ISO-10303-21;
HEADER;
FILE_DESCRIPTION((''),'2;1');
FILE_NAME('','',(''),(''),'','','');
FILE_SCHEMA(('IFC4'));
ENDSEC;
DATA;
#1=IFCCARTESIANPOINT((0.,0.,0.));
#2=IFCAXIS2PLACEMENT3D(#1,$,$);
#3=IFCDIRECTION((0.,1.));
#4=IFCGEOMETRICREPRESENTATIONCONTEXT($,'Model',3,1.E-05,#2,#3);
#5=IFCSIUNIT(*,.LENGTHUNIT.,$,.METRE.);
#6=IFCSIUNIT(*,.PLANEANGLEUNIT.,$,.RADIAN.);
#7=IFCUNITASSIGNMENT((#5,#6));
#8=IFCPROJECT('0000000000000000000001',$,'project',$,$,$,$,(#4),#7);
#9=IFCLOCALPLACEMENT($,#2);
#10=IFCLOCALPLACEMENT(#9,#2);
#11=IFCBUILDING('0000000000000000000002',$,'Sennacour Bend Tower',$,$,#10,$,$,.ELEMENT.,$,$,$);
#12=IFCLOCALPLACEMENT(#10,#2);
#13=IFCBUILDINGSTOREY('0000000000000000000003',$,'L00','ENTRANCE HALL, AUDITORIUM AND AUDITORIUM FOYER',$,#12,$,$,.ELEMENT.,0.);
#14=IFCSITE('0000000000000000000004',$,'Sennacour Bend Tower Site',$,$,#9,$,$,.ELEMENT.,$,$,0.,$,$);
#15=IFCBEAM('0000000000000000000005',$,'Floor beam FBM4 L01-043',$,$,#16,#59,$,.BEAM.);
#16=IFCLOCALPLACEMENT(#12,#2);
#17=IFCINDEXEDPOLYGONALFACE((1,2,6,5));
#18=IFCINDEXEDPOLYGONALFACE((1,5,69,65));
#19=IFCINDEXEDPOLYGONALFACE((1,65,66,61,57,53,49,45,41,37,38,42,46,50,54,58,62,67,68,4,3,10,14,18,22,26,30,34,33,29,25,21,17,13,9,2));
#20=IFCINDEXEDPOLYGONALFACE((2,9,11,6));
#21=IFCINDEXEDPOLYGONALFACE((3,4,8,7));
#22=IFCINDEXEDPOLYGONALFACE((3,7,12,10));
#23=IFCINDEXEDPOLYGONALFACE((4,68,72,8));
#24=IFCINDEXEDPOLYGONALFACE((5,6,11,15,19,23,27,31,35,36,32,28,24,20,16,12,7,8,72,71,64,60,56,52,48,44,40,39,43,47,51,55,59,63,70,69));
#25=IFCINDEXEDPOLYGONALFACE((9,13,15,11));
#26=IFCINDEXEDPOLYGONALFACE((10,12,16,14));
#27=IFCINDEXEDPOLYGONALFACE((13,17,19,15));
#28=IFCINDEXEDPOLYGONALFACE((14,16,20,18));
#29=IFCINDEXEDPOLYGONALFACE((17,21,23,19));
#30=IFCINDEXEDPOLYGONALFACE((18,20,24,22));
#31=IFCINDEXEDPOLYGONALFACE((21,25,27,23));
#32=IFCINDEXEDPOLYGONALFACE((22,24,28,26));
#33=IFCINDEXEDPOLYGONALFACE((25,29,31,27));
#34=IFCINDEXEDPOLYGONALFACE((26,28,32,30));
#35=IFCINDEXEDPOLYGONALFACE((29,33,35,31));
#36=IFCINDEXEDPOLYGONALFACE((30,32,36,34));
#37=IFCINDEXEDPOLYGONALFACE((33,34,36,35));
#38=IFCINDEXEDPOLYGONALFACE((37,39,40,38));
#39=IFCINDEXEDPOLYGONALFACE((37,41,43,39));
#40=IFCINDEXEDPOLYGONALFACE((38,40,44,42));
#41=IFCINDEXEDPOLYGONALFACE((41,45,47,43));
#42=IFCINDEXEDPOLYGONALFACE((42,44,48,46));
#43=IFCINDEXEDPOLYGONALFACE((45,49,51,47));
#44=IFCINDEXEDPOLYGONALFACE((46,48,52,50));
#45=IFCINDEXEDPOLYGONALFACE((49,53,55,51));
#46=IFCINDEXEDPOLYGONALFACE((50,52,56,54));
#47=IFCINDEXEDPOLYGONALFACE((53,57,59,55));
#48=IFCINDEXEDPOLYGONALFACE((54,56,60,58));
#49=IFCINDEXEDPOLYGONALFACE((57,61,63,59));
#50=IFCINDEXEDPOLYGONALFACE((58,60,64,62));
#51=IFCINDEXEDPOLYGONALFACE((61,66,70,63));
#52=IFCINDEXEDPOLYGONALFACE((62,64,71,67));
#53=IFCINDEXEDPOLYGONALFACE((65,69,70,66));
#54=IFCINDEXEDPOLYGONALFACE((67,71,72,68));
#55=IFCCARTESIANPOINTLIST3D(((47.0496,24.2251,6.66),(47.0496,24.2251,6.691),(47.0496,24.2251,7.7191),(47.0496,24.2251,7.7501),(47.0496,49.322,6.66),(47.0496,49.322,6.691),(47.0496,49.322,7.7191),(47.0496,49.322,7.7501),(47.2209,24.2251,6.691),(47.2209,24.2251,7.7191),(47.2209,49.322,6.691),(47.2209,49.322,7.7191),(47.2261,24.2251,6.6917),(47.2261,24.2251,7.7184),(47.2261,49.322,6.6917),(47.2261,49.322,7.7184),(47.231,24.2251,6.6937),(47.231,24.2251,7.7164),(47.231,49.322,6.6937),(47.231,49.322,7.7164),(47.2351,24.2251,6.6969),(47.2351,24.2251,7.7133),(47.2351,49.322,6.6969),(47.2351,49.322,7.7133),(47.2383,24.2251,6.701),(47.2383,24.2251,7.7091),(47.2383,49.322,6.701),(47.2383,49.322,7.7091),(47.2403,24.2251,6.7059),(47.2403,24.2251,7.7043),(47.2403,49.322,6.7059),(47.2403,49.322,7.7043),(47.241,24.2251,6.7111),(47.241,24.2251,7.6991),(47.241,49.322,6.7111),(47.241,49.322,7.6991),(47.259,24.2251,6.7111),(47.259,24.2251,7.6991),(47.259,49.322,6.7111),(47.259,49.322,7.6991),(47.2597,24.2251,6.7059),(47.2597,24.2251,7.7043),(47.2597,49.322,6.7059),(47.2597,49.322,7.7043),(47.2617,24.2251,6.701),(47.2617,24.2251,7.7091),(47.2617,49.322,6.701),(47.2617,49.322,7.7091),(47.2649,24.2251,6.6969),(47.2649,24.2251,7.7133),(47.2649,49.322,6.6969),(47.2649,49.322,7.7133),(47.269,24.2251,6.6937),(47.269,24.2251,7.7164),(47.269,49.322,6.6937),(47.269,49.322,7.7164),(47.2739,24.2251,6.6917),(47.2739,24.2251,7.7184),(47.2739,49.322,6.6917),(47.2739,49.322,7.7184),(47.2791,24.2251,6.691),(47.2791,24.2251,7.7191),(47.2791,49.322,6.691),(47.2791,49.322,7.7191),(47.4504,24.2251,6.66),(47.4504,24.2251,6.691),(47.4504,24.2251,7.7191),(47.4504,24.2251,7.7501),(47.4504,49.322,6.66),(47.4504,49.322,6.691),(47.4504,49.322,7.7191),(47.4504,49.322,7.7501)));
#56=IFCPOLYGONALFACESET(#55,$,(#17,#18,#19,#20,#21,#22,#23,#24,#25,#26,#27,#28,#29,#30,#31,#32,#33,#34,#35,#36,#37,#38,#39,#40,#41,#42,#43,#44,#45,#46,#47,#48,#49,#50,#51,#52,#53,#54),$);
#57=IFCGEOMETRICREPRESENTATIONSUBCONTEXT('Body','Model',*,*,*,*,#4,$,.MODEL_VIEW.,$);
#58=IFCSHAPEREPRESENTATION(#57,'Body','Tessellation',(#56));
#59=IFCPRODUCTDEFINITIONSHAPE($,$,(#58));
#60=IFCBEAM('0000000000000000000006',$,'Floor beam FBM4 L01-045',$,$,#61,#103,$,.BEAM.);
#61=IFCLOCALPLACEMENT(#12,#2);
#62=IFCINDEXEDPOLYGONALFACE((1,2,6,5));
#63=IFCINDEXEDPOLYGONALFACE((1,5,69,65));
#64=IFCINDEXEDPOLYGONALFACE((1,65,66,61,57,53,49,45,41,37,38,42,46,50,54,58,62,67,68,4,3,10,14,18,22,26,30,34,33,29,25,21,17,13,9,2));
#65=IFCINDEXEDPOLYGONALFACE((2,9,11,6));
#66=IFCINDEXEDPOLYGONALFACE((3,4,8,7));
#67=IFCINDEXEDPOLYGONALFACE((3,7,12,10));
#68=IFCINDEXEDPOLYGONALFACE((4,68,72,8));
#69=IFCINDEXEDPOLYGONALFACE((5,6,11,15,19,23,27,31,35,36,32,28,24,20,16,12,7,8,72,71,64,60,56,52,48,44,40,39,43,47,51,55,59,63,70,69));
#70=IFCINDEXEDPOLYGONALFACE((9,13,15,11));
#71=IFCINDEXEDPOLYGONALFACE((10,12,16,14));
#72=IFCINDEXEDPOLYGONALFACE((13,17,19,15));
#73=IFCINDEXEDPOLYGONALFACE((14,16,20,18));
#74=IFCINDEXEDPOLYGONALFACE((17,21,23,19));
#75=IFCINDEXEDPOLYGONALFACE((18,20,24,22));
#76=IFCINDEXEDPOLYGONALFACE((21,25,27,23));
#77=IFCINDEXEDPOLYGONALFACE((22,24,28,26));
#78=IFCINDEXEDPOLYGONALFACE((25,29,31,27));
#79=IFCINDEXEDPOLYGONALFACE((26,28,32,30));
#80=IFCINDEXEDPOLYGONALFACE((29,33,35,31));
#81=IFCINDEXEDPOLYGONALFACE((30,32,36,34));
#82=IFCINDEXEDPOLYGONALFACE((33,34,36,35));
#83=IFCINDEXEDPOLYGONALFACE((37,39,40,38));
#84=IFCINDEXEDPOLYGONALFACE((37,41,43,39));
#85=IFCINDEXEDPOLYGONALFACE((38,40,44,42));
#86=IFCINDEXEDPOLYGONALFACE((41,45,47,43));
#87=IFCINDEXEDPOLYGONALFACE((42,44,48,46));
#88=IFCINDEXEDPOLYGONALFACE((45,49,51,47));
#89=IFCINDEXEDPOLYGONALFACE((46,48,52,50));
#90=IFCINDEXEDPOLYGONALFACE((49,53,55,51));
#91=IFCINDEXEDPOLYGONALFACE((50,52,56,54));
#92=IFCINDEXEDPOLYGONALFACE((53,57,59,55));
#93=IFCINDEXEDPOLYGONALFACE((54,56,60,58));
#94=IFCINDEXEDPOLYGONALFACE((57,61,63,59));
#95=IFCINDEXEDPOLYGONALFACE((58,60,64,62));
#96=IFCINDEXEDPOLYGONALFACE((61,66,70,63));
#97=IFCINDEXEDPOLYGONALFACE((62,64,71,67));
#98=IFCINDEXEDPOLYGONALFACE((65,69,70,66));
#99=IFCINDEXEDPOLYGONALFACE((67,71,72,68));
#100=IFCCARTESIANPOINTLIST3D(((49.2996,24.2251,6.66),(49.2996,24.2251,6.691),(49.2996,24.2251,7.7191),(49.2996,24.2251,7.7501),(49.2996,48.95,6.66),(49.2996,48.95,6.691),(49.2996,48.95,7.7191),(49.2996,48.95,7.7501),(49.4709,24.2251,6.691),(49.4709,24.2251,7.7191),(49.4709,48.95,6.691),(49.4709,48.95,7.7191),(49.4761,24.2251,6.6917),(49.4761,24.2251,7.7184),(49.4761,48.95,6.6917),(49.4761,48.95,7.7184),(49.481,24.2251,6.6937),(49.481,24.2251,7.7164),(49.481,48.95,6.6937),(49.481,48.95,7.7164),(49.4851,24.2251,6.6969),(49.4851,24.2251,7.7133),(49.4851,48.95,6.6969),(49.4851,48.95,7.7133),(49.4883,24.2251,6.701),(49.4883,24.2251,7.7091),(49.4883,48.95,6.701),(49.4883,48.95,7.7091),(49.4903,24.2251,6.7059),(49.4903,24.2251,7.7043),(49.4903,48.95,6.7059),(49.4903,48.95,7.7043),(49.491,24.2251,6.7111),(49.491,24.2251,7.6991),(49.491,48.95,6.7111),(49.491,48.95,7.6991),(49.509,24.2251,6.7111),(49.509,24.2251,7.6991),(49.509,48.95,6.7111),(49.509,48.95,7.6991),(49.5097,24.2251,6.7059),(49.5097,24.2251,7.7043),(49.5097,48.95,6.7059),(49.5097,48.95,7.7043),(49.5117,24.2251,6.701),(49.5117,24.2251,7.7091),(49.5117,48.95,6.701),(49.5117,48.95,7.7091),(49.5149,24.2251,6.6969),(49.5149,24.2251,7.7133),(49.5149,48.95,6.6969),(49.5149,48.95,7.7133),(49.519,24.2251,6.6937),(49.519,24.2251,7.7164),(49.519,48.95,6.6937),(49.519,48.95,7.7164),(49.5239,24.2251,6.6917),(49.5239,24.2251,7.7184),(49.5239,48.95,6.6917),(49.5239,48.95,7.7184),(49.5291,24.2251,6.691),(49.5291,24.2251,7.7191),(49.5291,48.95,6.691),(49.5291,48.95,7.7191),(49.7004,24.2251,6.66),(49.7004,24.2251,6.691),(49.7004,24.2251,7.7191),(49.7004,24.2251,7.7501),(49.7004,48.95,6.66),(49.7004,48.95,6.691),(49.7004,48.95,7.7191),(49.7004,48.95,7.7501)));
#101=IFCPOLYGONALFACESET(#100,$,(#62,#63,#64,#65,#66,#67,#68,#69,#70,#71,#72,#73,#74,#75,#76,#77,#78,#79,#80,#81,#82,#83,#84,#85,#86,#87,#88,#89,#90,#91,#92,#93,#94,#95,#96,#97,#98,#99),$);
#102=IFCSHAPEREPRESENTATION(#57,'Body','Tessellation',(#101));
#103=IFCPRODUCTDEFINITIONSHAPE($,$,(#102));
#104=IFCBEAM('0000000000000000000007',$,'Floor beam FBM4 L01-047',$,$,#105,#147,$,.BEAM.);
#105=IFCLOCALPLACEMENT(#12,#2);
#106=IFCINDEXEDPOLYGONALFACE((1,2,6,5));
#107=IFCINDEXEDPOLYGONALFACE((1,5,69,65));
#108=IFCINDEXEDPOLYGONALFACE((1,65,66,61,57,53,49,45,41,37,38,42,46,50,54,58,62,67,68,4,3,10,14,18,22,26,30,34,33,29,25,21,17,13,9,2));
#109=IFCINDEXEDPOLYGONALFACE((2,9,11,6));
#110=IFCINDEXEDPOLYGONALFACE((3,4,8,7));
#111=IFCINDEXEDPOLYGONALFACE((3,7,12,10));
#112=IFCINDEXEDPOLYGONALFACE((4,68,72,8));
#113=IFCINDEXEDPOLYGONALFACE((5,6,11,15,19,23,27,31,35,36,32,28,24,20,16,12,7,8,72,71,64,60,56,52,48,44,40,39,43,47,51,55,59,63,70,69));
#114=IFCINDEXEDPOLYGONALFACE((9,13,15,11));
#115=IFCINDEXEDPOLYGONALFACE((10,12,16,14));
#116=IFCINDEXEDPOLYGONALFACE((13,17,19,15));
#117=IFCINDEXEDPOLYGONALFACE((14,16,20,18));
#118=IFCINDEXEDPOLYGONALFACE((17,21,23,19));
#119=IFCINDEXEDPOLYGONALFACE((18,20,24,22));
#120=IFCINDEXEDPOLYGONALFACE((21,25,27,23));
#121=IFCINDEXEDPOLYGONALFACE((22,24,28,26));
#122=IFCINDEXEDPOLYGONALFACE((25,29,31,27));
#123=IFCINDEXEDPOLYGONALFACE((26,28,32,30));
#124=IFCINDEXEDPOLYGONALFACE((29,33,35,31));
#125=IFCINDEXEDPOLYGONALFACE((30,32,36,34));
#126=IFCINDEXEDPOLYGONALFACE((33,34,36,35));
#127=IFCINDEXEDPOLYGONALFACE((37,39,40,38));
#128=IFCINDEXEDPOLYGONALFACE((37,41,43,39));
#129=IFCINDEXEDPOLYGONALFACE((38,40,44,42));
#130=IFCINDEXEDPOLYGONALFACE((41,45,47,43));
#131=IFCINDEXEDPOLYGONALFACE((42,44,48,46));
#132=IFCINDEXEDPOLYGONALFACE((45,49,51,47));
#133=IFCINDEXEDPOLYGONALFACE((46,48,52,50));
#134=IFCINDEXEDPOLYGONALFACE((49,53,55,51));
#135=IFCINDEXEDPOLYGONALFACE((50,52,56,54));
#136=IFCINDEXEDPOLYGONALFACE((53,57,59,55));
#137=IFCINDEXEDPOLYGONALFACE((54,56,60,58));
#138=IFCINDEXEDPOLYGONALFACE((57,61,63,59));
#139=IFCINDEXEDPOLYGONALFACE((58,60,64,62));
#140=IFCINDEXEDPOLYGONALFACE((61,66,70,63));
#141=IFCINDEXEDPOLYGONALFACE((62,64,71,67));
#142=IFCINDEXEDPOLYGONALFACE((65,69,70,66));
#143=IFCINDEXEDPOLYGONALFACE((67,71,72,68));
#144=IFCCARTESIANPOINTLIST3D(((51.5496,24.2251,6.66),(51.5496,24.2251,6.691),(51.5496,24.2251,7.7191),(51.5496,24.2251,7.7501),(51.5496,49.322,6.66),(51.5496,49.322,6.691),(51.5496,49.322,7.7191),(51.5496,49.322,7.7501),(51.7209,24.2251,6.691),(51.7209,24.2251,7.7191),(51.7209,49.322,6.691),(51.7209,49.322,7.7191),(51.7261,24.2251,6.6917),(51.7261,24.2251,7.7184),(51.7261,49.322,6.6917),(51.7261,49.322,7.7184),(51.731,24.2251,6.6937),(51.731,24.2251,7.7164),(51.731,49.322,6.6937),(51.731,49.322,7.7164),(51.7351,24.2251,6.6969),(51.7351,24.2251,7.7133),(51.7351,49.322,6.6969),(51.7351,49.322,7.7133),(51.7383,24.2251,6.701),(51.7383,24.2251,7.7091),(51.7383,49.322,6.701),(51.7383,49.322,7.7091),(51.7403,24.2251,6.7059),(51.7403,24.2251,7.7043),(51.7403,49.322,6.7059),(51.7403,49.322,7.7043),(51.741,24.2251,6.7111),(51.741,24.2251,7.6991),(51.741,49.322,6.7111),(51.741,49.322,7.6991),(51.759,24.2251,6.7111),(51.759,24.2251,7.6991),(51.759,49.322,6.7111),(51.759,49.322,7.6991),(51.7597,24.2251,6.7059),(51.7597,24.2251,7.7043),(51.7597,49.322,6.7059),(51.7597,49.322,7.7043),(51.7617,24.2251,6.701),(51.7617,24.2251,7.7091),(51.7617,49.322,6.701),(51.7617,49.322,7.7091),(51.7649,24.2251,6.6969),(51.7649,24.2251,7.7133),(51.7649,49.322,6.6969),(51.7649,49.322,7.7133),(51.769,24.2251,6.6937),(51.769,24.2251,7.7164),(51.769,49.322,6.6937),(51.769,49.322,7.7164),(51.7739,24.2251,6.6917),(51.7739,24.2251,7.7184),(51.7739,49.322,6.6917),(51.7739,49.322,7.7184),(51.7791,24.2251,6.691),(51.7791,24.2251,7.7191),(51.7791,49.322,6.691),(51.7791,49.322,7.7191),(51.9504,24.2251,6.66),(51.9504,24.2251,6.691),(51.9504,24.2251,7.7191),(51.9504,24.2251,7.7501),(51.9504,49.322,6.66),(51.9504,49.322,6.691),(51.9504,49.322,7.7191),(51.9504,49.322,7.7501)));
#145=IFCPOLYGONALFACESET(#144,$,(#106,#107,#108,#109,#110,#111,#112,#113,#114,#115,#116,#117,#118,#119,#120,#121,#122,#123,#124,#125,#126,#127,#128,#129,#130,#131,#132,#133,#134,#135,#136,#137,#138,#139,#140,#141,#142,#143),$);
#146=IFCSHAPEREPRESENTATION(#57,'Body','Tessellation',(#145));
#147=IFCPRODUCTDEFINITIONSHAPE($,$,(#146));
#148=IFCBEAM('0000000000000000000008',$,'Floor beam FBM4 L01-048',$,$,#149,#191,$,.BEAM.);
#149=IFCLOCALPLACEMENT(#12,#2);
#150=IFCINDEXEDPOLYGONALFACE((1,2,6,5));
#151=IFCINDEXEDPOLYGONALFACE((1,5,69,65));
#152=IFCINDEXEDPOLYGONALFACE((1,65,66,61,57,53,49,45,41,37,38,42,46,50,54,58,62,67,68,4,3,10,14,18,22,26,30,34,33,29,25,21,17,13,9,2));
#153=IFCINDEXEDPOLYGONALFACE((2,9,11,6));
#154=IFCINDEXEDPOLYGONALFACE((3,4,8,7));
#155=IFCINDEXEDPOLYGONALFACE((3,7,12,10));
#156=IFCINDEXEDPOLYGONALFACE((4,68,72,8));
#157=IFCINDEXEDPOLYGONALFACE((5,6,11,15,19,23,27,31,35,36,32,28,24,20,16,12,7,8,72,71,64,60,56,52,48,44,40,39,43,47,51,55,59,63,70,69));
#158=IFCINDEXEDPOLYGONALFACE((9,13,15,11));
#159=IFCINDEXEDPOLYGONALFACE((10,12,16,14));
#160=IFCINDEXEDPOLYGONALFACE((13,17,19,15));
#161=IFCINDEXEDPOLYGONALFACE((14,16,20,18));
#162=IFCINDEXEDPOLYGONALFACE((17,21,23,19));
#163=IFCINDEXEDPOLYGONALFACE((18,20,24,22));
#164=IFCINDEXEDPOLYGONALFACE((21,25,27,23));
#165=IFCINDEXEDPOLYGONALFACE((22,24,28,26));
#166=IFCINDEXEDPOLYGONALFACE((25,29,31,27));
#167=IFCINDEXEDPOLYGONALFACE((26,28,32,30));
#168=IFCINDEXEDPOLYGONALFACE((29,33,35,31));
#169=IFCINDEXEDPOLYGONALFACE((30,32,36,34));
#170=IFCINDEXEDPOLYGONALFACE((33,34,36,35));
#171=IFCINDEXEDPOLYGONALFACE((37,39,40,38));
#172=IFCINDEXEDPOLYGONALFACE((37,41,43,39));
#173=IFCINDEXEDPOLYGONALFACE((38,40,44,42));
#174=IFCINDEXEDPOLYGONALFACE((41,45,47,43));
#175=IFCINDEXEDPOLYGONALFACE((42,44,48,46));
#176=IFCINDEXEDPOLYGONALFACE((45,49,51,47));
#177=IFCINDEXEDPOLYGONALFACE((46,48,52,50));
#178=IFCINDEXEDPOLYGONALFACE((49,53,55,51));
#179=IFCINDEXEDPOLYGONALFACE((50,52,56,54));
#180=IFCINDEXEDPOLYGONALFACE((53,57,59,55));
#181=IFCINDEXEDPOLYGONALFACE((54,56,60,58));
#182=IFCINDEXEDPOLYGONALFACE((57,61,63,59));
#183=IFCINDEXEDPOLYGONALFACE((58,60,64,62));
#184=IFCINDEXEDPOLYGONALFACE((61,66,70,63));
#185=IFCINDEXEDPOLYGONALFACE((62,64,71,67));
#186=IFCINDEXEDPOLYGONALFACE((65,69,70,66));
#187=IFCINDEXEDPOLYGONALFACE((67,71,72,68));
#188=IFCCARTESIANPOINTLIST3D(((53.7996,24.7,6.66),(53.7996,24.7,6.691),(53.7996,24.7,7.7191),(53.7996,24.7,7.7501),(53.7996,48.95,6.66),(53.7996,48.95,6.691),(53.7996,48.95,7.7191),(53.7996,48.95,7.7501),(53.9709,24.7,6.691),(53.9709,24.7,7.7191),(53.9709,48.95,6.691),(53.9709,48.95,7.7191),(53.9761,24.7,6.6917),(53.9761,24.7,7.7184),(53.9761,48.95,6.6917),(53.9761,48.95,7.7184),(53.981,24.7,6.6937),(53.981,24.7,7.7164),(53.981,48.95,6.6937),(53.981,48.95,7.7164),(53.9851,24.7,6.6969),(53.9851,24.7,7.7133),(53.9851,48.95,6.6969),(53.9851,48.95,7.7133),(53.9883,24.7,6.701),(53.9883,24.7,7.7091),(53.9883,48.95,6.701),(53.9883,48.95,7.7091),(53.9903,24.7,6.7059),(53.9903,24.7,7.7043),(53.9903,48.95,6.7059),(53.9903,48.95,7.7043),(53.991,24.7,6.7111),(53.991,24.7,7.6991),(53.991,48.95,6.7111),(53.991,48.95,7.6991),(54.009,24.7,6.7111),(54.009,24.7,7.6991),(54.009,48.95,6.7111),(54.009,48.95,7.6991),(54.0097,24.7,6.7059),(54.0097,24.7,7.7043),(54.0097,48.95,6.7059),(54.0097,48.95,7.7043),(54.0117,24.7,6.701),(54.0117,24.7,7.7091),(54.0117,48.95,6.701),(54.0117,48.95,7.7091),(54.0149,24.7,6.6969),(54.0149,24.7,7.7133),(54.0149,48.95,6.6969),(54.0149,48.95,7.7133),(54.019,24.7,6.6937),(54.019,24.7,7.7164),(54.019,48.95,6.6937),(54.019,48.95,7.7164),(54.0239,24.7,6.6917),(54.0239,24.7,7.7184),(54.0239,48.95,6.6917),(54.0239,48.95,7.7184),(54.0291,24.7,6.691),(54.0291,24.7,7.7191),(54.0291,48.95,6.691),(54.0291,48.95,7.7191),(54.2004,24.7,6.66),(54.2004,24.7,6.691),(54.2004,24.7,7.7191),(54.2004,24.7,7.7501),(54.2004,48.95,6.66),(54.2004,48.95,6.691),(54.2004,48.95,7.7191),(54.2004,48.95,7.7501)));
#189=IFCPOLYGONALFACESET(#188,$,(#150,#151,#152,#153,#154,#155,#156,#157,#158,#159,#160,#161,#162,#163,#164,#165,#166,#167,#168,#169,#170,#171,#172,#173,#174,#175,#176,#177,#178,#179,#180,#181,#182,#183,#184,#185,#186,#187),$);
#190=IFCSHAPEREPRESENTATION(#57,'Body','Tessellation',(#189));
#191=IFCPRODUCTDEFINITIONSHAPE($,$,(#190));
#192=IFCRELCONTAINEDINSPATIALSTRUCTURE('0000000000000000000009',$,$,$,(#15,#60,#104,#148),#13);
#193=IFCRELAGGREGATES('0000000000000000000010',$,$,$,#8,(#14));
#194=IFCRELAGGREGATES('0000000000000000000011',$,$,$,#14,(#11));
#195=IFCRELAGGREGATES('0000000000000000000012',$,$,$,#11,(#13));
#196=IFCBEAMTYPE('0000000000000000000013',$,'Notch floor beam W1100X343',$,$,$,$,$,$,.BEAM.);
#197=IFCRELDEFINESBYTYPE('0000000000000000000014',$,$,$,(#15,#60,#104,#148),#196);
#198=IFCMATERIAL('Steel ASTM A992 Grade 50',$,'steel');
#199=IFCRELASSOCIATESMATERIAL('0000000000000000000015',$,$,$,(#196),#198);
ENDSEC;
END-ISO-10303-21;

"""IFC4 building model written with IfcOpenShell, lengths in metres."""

from ifc_helpers import new_model, si_unit, direction, frame, origin, origin_2d, place, context, subcontext, project, spatial, i_section, extrude, material, material_profile, profile_set, type_object, element, save


model = new_model("IFC4")

# Units and contexts
model_context = context("Model", 3, precision=1e-05, world=origin(), true_north=direction((0.0, 1.0)))
body_context = subcontext(model_context, "Body", "Model", "MODEL_VIEW")
ifc_project = project(units=[si_unit("LENGTHUNIT", "METRE"), si_unit("PLANEANGLEUNIT", "RADIAN")], contexts=[model_context])

# Site, building, storey
site_placement = place(None, origin())
site = spatial("IfcSite", under=ifc_project, at=site_placement, Name="Sennacour Bend Tower Site", CompositionType="ELEMENT", RefElevation=0.0)
building_placement = place(site_placement, origin())
building = spatial("IfcBuilding", under=site, at=building_placement, Name="Sennacour Bend Tower", CompositionType="ELEMENT")
storey_placement = place(building_placement, origin())
storey = spatial("IfcBuildingStorey", under=building, at=storey_placement, Name="L00", Description="ENTRANCE HALL, AUDITORIUM AND AUDITORIUM FOYER", CompositionType="ELEMENT", Elevation=0.0)

# Beams
ifc_material_1 = material(Name="Steel ASTM A992 Grade 50", Category="steel")
ifc_material_profile_1 = material_profile(ifc_material_1, i_section(OverallWidth=0.4009, OverallDepth=1.0901, WebThickness=0.0181, FlangeThickness=0.031, FilletRadius=0.02, at=origin_2d()), Name="Steel ASTM A992 Grade 50", Category="steel")
ifc_profile_set_1 = profile_set([ifc_material_profile_1], Name="Steel ASTM A992 Grade 50")
beam_type_1 = type_object("IfcBeamType", Name="Notch floor beam W1100X343", PredefinedType="BEAM", material=ifc_profile_set_1)
beam_1_placement = place(storey_placement, frame((47.25, 24.2251, 7.2051), z_axis=(0.0, 1.0, 0.0), x_axis=(-1.0, 0.0, 0.0)))
element("IfcBeam", 1, at=beam_1_placement, inside=storey, type_object=beam_type_1, Name="Floor beam FBM4 L01-043", PredefinedType="BEAM", context=body_context, shape_type="SweptSolid", body=[
    extrude(i_section(OverallWidth=0.4009, OverallDepth=1.0901, WebThickness=0.0181, FlangeThickness=0.031, FilletRadius=0.02, at=origin_2d()), origin(), (0.0, 0.0, 1.0), 25.0969),
])
beam_2_placement = place(storey_placement, frame((49.5, 24.2251, 7.2051), z_axis=(0.0, 1.0, 0.0), x_axis=(-1.0, 0.0, 0.0)))
element("IfcBeam", 2, at=beam_2_placement, inside=storey, type_object=beam_type_1, Name="Floor beam FBM4 L01-045", PredefinedType="BEAM", context=body_context, shape_type="SweptSolid", body=[
    extrude(i_section(OverallWidth=0.4009, OverallDepth=1.0901, WebThickness=0.0181, FlangeThickness=0.031, FilletRadius=0.02, at=origin_2d()), origin(), (0.0, 0.0, 1.0), 24.7249),
])
beam_3_placement = place(storey_placement, frame((51.75, 24.2251, 7.2051), z_axis=(0.0, 1.0, 0.0), x_axis=(-1.0, 0.0, 0.0)))
element("IfcBeam", 3, at=beam_3_placement, inside=storey, type_object=beam_type_1, Name="Floor beam FBM4 L01-047", PredefinedType="BEAM", context=body_context, shape_type="SweptSolid", body=[
    extrude(i_section(OverallWidth=0.4009, OverallDepth=1.0901, WebThickness=0.0181, FlangeThickness=0.031, FilletRadius=0.02, at=origin_2d()), origin(), (0.0, 0.0, 1.0), 25.0969),
])
beam_4_placement = place(storey_placement, frame((54.0, 24.7, 7.2051), z_axis=(0.0, 1.0, 0.0), x_axis=(-1.0, 0.0, 0.0)))
element("IfcBeam", 4, at=beam_4_placement, inside=storey, type_object=beam_type_1, Name="Floor beam FBM4 L01-048", PredefinedType="BEAM", context=body_context, shape_type="SweptSolid", body=[
    extrude(i_section(OverallWidth=0.4009, OverallDepth=1.0901, WebThickness=0.0181, FlangeThickness=0.031, FilletRadius=0.02, at=origin_2d()), origin(), (0.0, 0.0, 1.0), 24.25),
])

save(model, "model.ifc")
